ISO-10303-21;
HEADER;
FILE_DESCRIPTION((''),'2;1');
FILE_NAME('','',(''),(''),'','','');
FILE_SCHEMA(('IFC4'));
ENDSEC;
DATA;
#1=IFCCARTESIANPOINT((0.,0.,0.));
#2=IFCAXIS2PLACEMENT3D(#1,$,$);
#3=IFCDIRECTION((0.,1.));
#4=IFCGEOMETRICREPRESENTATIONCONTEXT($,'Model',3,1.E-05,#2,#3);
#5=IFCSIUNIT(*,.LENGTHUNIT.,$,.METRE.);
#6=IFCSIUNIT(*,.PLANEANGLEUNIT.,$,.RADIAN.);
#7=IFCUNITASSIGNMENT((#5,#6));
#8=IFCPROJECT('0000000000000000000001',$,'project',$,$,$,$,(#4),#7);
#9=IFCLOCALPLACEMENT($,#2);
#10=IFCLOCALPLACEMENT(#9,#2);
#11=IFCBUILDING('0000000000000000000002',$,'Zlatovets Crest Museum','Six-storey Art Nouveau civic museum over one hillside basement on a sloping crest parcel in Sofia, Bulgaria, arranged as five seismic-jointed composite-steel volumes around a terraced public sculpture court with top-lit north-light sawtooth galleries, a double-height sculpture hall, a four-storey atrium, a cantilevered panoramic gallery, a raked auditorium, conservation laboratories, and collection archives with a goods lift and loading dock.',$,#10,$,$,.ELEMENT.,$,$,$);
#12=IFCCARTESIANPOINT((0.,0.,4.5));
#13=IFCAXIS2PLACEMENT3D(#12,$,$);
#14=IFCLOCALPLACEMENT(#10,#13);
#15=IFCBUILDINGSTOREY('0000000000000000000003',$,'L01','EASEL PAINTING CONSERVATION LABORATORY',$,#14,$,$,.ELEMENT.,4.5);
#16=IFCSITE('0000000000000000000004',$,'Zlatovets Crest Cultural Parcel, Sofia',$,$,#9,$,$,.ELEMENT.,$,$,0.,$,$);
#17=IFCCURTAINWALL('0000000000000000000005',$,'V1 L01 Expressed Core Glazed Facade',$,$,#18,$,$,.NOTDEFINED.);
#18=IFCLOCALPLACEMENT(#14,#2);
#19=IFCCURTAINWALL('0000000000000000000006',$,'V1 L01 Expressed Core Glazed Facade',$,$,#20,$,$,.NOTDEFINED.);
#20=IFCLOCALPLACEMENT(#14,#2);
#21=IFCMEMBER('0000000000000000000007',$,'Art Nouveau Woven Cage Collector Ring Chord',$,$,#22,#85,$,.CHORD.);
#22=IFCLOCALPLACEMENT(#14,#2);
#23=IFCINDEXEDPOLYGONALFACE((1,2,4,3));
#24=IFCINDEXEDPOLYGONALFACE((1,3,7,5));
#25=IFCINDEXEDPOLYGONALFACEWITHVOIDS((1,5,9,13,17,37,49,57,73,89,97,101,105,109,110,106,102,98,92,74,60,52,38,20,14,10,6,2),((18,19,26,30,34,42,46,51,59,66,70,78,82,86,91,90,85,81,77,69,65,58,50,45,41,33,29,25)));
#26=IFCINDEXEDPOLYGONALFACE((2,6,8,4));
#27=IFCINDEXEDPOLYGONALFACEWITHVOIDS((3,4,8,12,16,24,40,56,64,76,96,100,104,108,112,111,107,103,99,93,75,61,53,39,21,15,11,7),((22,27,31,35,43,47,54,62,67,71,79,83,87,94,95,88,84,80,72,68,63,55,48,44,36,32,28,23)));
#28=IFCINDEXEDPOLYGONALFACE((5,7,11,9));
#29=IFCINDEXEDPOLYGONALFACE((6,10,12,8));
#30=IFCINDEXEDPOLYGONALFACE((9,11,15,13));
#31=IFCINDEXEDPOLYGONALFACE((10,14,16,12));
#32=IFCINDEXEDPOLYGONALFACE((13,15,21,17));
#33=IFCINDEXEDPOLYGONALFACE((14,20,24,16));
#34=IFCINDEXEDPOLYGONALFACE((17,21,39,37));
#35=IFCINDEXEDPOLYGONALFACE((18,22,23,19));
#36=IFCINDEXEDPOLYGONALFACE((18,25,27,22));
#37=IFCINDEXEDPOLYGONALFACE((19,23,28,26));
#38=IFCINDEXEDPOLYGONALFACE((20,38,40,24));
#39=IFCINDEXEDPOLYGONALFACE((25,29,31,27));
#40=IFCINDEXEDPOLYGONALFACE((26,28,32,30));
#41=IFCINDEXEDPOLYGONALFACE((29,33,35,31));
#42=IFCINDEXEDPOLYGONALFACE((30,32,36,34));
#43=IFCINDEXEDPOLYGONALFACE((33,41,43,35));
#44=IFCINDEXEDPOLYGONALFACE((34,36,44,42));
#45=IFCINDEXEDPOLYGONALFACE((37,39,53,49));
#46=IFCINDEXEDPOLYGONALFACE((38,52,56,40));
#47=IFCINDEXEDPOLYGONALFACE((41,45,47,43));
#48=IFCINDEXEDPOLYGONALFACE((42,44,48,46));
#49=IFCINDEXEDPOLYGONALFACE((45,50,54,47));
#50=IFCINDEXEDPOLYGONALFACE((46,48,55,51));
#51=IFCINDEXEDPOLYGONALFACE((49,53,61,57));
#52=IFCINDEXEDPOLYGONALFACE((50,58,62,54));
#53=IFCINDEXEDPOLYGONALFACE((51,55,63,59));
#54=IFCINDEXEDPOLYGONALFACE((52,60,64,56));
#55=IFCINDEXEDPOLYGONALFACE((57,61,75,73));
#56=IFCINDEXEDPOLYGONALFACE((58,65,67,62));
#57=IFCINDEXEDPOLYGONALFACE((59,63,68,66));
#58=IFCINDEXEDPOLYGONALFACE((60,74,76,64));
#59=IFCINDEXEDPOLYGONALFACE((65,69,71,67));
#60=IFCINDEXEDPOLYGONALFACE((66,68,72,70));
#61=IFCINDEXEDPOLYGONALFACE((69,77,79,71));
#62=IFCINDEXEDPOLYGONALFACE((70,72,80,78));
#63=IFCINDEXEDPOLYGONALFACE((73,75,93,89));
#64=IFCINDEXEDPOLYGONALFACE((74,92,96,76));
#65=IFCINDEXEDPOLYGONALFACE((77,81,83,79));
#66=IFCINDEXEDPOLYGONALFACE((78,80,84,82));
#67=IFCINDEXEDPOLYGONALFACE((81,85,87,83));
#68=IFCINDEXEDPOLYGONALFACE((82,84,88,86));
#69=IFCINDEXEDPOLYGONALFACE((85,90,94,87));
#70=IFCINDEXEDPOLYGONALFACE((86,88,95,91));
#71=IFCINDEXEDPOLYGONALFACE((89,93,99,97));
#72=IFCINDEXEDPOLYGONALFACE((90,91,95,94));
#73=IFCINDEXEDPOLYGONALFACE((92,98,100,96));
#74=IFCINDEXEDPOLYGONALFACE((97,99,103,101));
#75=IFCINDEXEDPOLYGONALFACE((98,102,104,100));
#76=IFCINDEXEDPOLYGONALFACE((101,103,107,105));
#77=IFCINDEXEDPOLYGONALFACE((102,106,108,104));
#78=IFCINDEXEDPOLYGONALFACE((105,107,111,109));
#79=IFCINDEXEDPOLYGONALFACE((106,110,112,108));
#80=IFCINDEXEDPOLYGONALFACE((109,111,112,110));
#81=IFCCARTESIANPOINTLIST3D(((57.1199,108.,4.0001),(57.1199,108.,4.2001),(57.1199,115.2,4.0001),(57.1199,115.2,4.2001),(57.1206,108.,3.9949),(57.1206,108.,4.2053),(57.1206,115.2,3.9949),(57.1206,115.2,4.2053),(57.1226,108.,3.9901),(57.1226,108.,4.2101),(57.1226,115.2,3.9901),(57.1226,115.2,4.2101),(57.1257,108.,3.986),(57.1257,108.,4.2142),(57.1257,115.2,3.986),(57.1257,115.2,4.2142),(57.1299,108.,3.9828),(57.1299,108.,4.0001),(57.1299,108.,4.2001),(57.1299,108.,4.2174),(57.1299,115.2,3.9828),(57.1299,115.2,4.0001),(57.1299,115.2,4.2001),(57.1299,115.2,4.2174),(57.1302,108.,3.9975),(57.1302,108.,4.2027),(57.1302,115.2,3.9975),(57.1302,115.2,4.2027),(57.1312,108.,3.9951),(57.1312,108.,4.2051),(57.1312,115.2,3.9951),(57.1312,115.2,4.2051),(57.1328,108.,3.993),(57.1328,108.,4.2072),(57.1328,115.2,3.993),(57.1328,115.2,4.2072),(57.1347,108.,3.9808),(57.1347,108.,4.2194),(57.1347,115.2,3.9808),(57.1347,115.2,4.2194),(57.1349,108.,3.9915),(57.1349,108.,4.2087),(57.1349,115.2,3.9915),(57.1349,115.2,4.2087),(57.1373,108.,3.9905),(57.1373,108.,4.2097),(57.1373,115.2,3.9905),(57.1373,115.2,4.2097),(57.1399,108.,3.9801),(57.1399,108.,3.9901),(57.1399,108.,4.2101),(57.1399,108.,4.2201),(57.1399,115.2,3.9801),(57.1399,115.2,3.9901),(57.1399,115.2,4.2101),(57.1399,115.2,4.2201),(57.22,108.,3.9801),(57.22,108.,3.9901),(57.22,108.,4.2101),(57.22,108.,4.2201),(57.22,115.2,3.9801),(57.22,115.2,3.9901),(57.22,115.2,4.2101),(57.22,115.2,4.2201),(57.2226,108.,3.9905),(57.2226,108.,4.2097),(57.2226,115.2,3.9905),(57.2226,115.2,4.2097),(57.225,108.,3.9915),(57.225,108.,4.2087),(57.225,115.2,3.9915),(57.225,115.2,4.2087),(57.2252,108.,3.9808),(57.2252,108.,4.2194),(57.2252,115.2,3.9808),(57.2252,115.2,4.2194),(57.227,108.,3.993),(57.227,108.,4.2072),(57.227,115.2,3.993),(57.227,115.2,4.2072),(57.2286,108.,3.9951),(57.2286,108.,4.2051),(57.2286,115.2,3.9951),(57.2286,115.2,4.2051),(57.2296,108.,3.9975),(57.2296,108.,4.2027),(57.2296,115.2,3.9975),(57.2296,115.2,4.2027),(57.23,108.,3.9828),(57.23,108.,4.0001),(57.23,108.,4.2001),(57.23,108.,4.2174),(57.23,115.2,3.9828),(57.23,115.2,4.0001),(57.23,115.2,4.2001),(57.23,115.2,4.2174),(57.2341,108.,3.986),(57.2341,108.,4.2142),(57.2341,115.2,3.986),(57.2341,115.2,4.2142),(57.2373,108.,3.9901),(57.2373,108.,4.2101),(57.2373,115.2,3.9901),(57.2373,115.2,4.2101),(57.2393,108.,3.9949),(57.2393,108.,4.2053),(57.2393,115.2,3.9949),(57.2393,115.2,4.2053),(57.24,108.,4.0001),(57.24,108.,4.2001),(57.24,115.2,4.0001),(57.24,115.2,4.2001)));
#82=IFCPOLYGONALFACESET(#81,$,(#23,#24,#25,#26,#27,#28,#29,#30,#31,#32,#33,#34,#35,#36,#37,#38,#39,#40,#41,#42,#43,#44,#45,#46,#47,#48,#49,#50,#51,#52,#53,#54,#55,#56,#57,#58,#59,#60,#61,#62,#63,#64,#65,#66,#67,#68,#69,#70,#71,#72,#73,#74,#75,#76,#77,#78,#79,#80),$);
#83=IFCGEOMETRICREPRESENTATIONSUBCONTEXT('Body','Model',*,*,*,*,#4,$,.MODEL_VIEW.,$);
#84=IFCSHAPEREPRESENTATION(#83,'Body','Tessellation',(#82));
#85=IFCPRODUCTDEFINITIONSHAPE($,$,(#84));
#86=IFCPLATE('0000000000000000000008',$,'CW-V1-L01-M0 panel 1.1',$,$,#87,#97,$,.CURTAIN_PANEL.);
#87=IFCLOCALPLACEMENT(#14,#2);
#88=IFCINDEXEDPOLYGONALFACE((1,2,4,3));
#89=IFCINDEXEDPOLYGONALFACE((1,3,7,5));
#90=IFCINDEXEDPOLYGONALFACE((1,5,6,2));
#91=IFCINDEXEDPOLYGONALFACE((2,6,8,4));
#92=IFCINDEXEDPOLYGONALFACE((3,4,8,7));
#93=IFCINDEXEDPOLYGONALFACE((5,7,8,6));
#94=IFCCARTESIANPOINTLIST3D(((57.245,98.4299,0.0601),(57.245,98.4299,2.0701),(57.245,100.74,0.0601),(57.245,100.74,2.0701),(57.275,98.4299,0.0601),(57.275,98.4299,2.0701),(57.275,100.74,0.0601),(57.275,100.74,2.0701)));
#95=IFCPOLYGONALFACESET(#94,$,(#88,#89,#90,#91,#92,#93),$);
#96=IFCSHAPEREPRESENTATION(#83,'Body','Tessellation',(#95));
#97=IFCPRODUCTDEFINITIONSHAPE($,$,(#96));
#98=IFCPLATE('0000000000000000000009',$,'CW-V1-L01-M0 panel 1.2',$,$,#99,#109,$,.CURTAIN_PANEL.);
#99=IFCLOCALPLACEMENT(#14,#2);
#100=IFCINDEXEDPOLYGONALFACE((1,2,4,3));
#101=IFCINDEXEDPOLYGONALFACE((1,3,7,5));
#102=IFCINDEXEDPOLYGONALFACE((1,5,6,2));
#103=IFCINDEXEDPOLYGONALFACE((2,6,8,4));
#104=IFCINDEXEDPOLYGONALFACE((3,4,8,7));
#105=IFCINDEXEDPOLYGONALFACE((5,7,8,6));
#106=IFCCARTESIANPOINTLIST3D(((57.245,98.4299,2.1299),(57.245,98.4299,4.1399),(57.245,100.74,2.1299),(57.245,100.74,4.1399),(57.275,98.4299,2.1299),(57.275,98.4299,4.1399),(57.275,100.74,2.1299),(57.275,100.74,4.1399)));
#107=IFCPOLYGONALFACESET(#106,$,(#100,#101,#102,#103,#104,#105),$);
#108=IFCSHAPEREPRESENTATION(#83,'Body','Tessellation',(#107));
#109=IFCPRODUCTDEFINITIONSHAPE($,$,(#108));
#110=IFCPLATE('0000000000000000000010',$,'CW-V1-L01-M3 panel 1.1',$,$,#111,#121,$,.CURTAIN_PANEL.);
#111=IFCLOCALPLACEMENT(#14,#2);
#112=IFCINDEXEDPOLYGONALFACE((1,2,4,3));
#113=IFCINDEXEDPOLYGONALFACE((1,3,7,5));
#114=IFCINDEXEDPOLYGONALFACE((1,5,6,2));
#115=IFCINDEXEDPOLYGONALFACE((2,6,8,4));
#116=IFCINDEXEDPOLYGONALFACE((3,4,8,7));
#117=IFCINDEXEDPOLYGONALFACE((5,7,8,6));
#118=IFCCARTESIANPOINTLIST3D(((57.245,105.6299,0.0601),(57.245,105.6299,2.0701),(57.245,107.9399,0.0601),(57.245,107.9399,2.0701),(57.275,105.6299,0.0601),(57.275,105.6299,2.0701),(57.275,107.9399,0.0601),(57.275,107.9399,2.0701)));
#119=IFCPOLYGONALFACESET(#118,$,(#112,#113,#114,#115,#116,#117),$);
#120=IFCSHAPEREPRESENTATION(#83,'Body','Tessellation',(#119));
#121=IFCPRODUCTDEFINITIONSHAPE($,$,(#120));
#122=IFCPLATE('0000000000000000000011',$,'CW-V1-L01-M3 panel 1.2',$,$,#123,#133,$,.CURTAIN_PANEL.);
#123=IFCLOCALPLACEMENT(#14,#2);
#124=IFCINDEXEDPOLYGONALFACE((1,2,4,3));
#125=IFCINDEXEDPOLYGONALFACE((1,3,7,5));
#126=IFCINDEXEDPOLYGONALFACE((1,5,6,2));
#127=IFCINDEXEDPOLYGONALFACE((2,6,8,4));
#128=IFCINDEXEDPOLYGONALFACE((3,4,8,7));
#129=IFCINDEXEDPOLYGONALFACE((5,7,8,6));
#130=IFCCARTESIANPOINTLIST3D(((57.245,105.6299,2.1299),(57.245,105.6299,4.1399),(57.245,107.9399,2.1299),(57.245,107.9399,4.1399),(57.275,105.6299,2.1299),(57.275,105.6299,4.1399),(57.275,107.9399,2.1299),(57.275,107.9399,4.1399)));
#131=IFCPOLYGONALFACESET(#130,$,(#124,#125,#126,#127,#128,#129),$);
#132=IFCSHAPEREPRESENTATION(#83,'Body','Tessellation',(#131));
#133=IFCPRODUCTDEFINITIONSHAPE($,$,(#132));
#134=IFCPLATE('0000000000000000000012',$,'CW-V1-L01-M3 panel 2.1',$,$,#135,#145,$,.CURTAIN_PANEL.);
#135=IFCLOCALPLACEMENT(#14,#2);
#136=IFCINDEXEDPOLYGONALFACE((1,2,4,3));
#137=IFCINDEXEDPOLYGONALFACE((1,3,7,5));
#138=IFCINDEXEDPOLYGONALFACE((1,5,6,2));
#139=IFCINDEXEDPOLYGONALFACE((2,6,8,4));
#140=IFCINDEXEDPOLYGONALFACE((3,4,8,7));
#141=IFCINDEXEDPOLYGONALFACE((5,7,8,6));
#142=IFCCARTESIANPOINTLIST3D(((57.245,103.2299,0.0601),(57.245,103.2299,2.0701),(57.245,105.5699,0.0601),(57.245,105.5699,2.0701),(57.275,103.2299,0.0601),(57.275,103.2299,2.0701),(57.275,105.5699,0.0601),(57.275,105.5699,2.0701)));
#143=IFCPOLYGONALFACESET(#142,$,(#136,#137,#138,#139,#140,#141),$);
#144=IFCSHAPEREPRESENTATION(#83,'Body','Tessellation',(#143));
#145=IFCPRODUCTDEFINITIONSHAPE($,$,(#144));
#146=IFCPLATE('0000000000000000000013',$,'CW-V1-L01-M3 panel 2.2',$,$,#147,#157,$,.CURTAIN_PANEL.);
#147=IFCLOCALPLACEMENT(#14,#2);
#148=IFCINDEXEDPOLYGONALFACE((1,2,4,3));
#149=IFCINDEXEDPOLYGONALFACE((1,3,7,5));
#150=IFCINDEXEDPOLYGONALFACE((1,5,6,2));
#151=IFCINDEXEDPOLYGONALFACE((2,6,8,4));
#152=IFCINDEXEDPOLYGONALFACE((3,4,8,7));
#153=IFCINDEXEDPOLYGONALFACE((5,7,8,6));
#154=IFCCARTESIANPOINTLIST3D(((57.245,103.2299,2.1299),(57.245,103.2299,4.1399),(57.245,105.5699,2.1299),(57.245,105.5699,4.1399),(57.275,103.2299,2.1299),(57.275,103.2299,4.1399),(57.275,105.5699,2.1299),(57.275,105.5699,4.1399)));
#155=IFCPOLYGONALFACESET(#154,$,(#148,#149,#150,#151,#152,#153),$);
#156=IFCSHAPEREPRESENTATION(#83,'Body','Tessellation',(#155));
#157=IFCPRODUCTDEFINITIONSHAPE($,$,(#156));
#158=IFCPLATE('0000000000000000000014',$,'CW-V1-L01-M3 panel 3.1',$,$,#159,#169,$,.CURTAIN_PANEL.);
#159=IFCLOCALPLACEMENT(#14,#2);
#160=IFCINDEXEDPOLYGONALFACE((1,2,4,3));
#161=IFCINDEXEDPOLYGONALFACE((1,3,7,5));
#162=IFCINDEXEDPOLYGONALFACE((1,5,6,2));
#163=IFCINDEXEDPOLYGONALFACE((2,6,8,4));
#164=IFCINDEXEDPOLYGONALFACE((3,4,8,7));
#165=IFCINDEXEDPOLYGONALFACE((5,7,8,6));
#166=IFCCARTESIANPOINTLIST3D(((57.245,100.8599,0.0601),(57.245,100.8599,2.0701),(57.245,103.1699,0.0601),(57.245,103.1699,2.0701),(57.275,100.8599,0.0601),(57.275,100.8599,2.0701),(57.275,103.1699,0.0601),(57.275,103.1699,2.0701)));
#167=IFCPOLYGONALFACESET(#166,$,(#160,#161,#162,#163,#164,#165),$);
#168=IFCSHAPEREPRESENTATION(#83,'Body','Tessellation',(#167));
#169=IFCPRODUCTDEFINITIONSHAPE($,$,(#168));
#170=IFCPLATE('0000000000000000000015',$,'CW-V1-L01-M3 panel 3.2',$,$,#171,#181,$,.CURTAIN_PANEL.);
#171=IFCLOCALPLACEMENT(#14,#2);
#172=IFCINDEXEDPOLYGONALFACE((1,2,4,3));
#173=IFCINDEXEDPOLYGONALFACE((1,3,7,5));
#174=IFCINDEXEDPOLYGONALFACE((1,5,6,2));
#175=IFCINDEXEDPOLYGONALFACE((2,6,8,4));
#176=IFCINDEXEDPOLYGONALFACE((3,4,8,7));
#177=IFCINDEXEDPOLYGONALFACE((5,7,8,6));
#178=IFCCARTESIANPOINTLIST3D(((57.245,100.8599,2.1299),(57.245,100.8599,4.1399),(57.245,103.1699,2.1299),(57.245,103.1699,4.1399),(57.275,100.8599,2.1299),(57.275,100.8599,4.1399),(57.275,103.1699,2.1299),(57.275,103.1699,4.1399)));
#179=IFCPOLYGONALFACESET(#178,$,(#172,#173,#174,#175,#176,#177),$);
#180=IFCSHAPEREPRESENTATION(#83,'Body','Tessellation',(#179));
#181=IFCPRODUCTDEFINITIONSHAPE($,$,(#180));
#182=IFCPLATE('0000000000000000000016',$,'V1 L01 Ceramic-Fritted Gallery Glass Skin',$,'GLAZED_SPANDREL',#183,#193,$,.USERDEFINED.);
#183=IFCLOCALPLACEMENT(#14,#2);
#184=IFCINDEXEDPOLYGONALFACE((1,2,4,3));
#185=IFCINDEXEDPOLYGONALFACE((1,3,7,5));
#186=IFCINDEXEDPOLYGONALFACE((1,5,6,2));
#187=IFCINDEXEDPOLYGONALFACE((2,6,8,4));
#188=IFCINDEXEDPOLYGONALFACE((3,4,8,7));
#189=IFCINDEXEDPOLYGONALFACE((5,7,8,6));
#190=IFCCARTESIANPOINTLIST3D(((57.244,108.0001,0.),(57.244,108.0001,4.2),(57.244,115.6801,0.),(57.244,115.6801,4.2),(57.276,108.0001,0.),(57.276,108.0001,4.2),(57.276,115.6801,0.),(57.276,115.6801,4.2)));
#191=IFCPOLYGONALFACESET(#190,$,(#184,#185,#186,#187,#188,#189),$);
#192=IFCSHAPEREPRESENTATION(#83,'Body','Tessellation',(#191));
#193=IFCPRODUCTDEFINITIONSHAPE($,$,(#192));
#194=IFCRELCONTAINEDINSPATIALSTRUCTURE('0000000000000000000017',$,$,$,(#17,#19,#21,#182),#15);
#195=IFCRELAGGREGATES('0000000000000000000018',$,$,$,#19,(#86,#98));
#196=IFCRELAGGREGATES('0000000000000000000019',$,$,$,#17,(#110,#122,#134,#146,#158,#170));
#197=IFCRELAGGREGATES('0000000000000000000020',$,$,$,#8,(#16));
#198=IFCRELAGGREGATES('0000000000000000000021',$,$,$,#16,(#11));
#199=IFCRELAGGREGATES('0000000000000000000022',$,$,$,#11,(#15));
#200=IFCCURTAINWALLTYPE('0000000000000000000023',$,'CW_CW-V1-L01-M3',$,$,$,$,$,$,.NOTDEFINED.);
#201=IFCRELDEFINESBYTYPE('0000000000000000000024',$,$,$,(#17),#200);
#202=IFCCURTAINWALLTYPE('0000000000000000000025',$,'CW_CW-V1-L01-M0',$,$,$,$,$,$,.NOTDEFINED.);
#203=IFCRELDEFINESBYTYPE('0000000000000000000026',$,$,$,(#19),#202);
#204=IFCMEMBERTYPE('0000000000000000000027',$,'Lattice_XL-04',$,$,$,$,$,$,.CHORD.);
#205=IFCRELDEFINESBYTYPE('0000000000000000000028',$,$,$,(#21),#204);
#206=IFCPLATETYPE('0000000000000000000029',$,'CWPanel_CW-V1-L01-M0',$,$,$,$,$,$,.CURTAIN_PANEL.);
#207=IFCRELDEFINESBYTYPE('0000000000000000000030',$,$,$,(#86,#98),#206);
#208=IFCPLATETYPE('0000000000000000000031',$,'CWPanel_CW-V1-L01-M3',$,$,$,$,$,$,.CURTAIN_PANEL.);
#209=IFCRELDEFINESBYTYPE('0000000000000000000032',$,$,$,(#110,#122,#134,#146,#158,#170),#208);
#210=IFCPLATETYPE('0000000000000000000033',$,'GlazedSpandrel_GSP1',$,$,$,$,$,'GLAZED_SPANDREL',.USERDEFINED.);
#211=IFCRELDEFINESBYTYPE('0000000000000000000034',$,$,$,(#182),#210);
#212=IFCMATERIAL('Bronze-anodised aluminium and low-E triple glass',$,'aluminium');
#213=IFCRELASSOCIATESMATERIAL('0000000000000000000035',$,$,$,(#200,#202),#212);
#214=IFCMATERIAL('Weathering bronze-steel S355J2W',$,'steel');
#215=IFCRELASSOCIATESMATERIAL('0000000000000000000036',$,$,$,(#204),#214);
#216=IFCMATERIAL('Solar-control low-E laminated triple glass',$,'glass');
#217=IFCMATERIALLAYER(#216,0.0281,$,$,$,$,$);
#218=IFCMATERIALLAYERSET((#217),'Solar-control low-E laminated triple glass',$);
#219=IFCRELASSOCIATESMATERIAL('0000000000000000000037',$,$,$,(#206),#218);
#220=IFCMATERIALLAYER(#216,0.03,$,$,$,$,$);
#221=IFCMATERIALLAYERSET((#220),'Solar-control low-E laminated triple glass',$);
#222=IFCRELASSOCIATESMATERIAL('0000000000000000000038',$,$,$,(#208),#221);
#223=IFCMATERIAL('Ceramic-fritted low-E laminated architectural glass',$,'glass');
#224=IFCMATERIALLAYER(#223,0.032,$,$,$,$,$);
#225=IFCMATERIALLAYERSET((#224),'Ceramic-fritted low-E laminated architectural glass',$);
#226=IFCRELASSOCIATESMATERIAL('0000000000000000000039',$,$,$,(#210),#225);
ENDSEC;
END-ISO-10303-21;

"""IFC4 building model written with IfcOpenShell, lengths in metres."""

from ifc_helpers import new_model, si_unit, direction, frame, origin, origin_2d, place, context, subcontext, project, spatial, rectangle, hollow_rectangle, extrude, material, layer, layer_set, material_profile, profile_set, type_object, element, aggregate, save


model = new_model("IFC4")

# Units and contexts
model_context = context("Model", 3, precision=1e-05, world=origin(), true_north=direction((0.0, 1.0)))
body_context = subcontext(model_context, "Body", "Model", "MODEL_VIEW")
ifc_project = project(units=[si_unit("LENGTHUNIT", "METRE"), si_unit("PLANEANGLEUNIT", "RADIAN")], contexts=[model_context])

# Site, building, storey
site_placement = place(None, origin())
site = spatial("IfcSite", under=ifc_project, at=site_placement, Name="Zlatovets Crest Cultural Parcel, Sofia", CompositionType="ELEMENT", RefElevation=0.0)
building_placement = place(site_placement, origin())
building = spatial("IfcBuilding", under=site, at=building_placement, Name="Zlatovets Crest Museum", Description="Six-storey Art Nouveau civic museum over one hillside basement on a sloping crest parcel in Sofia, Bulgaria, arranged as five seismic-jointed composite-steel volumes around a terraced public sculpture court with top-lit north-light sawtooth galleries, a double-height sculpture hall, a four-storey atrium, a cantilevered panoramic gallery, a raked auditorium, conservation laboratories, and collection archives with a goods lift and loading dock.", CompositionType="ELEMENT")
storey_placement = place(building_placement, frame((0.0, 0.0, 4.5)))
storey = spatial("IfcBuildingStorey", under=building, at=storey_placement, Name="L01", Description="EASEL PAINTING CONSERVATION LABORATORY", CompositionType="ELEMENT", Elevation=4.5)

# Curtain wall
ifc_material_1 = material(Name="Bronze-anodised aluminium and low-E triple glass", Category="aluminium")
curtain_wall_type_1 = type_object("IfcCurtainWallType", Name="CW_CW-V1-L01-M3", PredefinedType="NOTDEFINED", material=ifc_material_1)
curtain_wall_1_placement = place(storey_placement, origin())
curtain_wall_1 = element("IfcCurtainWall", 1, at=curtain_wall_1_placement, inside=storey, type_object=curtain_wall_type_1, Name="V1 L01 Expressed Core Glazed Facade", PredefinedType="NOTDEFINED")

# Curtain wall
curtain_wall_type_2 = type_object("IfcCurtainWallType", Name="CW_CW-V1-L01-M0", PredefinedType="NOTDEFINED", material=ifc_material_1)
curtain_wall_2_placement = place(storey_placement, origin())
curtain_wall_2 = element("IfcCurtainWall", 2, at=curtain_wall_2_placement, inside=storey, type_object=curtain_wall_type_2, Name="V1 L01 Expressed Core Glazed Facade", PredefinedType="NOTDEFINED")

# Member
ifc_material_2 = material(Name="Weathering bronze-steel S355J2W", Category="steel")
ifc_material_profile_1 = material_profile(ifc_material_2, hollow_rectangle(XDim=0.1201, YDim=0.24, WallThickness=0.01, InnerFilletRadius=0.01, OuterFilletRadius=0.02, at=origin_2d()), Name="RHS 120x240x10.0")
ifc_profile_set_1 = profile_set([ifc_material_profile_1], Name="Weathering bronze-steel S355J2W")
member_type_1 = type_object("IfcMemberType", Name="Lattice_XL-04", PredefinedType="CHORD", material=ifc_profile_set_1)
member_1_placement = place(storey_placement, frame((57.1799, 115.2, 4.1001), z_axis=(0.0, -1.0, 0.0), x_axis=(1.0, 0.0, 0.0)))
element("IfcMember", 3, at=member_1_placement, inside=storey, type_object=member_type_1, Name="Art Nouveau Woven Cage Collector Ring Chord", PredefinedType="CHORD", context=body_context, shape_type="SweptSolid", body=[
    extrude(hollow_rectangle(XDim=0.1201, YDim=0.24, WallThickness=0.01, InnerFilletRadius=0.01, OuterFilletRadius=0.02, at=origin_2d()), origin(), (0.0, 0.0, 1.0), 7.2),
])

# Plates
ifc_material_3 = material(Name="Solar-control low-E laminated triple glass", Category="glass")
ifc_layer_1 = layer(ifc_material_3, 0.0281)
ifc_layer_set_1 = layer_set([ifc_layer_1], Name="Solar-control low-E laminated triple glass")
plate_type_1 = type_object("IfcPlateType", Name="CWPanel_CW-V1-L01-M0", PredefinedType="CURTAIN_PANEL", material=ifc_layer_set_1)
plate_1_placement = place(storey_placement, frame((57.26, 99.585, 0.0601), z_axis=(0.0, 0.0, 1.0), x_axis=(0.0, -1.0, 0.0)))
plate_1 = element("IfcPlate", 4, at=plate_1_placement, type_object=plate_type_1, Name="CW-V1-L01-M0 panel 1.1", PredefinedType="CURTAIN_PANEL", context=body_context, shape_type="SweptSolid", body=[
    extrude(rectangle(XDim=2.3101, YDim=0.03, at=origin_2d()), origin(), (0.0, 0.0, 1.0), 2.01),
])
plate_2_placement = place(storey_placement, frame((57.26, 99.585, 2.1299), z_axis=(0.0, 0.0, 1.0), x_axis=(0.0, -1.0, 0.0)))
plate_2 = element("IfcPlate", 5, at=plate_2_placement, type_object=plate_type_1, Name="CW-V1-L01-M0 panel 1.2", PredefinedType="CURTAIN_PANEL", context=body_context, shape_type="SweptSolid", body=[
    extrude(rectangle(XDim=2.3101, YDim=0.03, at=origin_2d()), origin(), (0.0, 0.0, 1.0), 2.01),
])
aggregate(curtain_wall_2, [plate_1, plate_2])
ifc_layer_2 = layer(ifc_material_3, 0.03)
ifc_layer_set_2 = layer_set([ifc_layer_2], Name="Solar-control low-E laminated triple glass")
plate_type_2 = type_object("IfcPlateType", Name="CWPanel_CW-V1-L01-M3", PredefinedType="CURTAIN_PANEL", material=ifc_layer_set_2)
plate_3_placement = place(storey_placement, frame((57.26, 106.7849, 0.0601), z_axis=(0.0, 0.0, 1.0), x_axis=(0.0, -1.0, 0.0)))
plate_3 = element("IfcPlate", 6, at=plate_3_placement, type_object=plate_type_2, Name="CW-V1-L01-M3 panel 1.1", PredefinedType="CURTAIN_PANEL", context=body_context, shape_type="SweptSolid", body=[
    extrude(rectangle(XDim=2.3101, YDim=0.03, at=origin_2d()), origin(), (0.0, 0.0, 1.0), 2.01),
])
plate_4_placement = place(storey_placement, frame((57.26, 106.7849, 2.1299), z_axis=(0.0, 0.0, 1.0), x_axis=(0.0, -1.0, 0.0)))
plate_4 = element("IfcPlate", 7, at=plate_4_placement, type_object=plate_type_2, Name="CW-V1-L01-M3 panel 1.2", PredefinedType="CURTAIN_PANEL", context=body_context, shape_type="SweptSolid", body=[
    extrude(rectangle(XDim=2.3101, YDim=0.03, at=origin_2d()), origin(), (0.0, 0.0, 1.0), 2.01),
])
plate_5_placement = place(storey_placement, frame((57.26, 104.3999, 0.0601), z_axis=(0.0, 0.0, 1.0), x_axis=(0.0, -1.0, 0.0)))
plate_5 = element("IfcPlate", 8, at=plate_5_placement, type_object=plate_type_2, Name="CW-V1-L01-M3 panel 2.1", PredefinedType="CURTAIN_PANEL", context=body_context, shape_type="SweptSolid", body=[
    extrude(rectangle(XDim=2.3401, YDim=0.03, at=origin_2d()), origin(), (0.0, 0.0, 1.0), 2.01),
])
plate_6_placement = place(storey_placement, frame((57.26, 104.3999, 2.1299), z_axis=(0.0, 0.0, 1.0), x_axis=(0.0, -1.0, 0.0)))
plate_6 = element("IfcPlate", 9, at=plate_6_placement, type_object=plate_type_2, Name="CW-V1-L01-M3 panel 2.2", PredefinedType="CURTAIN_PANEL", context=body_context, shape_type="SweptSolid", body=[
    extrude(rectangle(XDim=2.3401, YDim=0.03, at=origin_2d()), origin(), (0.0, 0.0, 1.0), 2.01),
])
plate_7_placement = place(storey_placement, frame((57.26, 102.0149, 0.0601), z_axis=(0.0, 0.0, 1.0), x_axis=(0.0, -1.0, 0.0)))
plate_7 = element("IfcPlate", 10, at=plate_7_placement, type_object=plate_type_2, Name="CW-V1-L01-M3 panel 3.1", PredefinedType="CURTAIN_PANEL", context=body_context, shape_type="SweptSolid", body=[
    extrude(rectangle(XDim=2.3101, YDim=0.03, at=origin_2d()), origin(), (0.0, 0.0, 1.0), 2.01),
])
plate_8_placement = place(storey_placement, frame((57.26, 102.0149, 2.1299), z_axis=(0.0, 0.0, 1.0), x_axis=(0.0, -1.0, 0.0)))
plate_8 = element("IfcPlate", 11, at=plate_8_placement, type_object=plate_type_2, Name="CW-V1-L01-M3 panel 3.2", PredefinedType="CURTAIN_PANEL", context=body_context, shape_type="SweptSolid", body=[
    extrude(rectangle(XDim=2.3101, YDim=0.03, at=origin_2d()), origin(), (0.0, 0.0, 1.0), 2.01),
])
aggregate(curtain_wall_1, [plate_3, plate_4, plate_5, plate_6, plate_7, plate_8])

# Plate
ifc_material_4 = material(Name="Ceramic-fritted low-E laminated architectural glass", Category="glass")
ifc_layer_3 = layer(ifc_material_4, 0.032)
ifc_layer_set_3 = layer_set([ifc_layer_3], Name="Ceramic-fritted low-E laminated architectural glass")
plate_type_3 = type_object("IfcPlateType", Name="GlazedSpandrel_GSP1", ElementType="GLAZED_SPANDREL", PredefinedType="USERDEFINED", material=ifc_layer_set_3)
plate_9_placement = place(storey_placement, frame((57.26, 111.8401, 0.0), z_axis=(0.0, 0.0, 1.0), x_axis=(0.0, 1.0, 0.0)))
element("IfcPlate", 12, at=plate_9_placement, inside=storey, type_object=plate_type_3, Name="V1 L01 Ceramic-Fritted Gallery Glass Skin", ObjectType="GLAZED_SPANDREL", PredefinedType="USERDEFINED", context=body_context, shape_type="SweptSolid", body=[
    extrude(rectangle(XDim=7.6799, YDim=0.032, at=origin_2d()), origin(), (0.0, 0.0, 1.0), 4.2),
])

save(model, "model.ifc")
